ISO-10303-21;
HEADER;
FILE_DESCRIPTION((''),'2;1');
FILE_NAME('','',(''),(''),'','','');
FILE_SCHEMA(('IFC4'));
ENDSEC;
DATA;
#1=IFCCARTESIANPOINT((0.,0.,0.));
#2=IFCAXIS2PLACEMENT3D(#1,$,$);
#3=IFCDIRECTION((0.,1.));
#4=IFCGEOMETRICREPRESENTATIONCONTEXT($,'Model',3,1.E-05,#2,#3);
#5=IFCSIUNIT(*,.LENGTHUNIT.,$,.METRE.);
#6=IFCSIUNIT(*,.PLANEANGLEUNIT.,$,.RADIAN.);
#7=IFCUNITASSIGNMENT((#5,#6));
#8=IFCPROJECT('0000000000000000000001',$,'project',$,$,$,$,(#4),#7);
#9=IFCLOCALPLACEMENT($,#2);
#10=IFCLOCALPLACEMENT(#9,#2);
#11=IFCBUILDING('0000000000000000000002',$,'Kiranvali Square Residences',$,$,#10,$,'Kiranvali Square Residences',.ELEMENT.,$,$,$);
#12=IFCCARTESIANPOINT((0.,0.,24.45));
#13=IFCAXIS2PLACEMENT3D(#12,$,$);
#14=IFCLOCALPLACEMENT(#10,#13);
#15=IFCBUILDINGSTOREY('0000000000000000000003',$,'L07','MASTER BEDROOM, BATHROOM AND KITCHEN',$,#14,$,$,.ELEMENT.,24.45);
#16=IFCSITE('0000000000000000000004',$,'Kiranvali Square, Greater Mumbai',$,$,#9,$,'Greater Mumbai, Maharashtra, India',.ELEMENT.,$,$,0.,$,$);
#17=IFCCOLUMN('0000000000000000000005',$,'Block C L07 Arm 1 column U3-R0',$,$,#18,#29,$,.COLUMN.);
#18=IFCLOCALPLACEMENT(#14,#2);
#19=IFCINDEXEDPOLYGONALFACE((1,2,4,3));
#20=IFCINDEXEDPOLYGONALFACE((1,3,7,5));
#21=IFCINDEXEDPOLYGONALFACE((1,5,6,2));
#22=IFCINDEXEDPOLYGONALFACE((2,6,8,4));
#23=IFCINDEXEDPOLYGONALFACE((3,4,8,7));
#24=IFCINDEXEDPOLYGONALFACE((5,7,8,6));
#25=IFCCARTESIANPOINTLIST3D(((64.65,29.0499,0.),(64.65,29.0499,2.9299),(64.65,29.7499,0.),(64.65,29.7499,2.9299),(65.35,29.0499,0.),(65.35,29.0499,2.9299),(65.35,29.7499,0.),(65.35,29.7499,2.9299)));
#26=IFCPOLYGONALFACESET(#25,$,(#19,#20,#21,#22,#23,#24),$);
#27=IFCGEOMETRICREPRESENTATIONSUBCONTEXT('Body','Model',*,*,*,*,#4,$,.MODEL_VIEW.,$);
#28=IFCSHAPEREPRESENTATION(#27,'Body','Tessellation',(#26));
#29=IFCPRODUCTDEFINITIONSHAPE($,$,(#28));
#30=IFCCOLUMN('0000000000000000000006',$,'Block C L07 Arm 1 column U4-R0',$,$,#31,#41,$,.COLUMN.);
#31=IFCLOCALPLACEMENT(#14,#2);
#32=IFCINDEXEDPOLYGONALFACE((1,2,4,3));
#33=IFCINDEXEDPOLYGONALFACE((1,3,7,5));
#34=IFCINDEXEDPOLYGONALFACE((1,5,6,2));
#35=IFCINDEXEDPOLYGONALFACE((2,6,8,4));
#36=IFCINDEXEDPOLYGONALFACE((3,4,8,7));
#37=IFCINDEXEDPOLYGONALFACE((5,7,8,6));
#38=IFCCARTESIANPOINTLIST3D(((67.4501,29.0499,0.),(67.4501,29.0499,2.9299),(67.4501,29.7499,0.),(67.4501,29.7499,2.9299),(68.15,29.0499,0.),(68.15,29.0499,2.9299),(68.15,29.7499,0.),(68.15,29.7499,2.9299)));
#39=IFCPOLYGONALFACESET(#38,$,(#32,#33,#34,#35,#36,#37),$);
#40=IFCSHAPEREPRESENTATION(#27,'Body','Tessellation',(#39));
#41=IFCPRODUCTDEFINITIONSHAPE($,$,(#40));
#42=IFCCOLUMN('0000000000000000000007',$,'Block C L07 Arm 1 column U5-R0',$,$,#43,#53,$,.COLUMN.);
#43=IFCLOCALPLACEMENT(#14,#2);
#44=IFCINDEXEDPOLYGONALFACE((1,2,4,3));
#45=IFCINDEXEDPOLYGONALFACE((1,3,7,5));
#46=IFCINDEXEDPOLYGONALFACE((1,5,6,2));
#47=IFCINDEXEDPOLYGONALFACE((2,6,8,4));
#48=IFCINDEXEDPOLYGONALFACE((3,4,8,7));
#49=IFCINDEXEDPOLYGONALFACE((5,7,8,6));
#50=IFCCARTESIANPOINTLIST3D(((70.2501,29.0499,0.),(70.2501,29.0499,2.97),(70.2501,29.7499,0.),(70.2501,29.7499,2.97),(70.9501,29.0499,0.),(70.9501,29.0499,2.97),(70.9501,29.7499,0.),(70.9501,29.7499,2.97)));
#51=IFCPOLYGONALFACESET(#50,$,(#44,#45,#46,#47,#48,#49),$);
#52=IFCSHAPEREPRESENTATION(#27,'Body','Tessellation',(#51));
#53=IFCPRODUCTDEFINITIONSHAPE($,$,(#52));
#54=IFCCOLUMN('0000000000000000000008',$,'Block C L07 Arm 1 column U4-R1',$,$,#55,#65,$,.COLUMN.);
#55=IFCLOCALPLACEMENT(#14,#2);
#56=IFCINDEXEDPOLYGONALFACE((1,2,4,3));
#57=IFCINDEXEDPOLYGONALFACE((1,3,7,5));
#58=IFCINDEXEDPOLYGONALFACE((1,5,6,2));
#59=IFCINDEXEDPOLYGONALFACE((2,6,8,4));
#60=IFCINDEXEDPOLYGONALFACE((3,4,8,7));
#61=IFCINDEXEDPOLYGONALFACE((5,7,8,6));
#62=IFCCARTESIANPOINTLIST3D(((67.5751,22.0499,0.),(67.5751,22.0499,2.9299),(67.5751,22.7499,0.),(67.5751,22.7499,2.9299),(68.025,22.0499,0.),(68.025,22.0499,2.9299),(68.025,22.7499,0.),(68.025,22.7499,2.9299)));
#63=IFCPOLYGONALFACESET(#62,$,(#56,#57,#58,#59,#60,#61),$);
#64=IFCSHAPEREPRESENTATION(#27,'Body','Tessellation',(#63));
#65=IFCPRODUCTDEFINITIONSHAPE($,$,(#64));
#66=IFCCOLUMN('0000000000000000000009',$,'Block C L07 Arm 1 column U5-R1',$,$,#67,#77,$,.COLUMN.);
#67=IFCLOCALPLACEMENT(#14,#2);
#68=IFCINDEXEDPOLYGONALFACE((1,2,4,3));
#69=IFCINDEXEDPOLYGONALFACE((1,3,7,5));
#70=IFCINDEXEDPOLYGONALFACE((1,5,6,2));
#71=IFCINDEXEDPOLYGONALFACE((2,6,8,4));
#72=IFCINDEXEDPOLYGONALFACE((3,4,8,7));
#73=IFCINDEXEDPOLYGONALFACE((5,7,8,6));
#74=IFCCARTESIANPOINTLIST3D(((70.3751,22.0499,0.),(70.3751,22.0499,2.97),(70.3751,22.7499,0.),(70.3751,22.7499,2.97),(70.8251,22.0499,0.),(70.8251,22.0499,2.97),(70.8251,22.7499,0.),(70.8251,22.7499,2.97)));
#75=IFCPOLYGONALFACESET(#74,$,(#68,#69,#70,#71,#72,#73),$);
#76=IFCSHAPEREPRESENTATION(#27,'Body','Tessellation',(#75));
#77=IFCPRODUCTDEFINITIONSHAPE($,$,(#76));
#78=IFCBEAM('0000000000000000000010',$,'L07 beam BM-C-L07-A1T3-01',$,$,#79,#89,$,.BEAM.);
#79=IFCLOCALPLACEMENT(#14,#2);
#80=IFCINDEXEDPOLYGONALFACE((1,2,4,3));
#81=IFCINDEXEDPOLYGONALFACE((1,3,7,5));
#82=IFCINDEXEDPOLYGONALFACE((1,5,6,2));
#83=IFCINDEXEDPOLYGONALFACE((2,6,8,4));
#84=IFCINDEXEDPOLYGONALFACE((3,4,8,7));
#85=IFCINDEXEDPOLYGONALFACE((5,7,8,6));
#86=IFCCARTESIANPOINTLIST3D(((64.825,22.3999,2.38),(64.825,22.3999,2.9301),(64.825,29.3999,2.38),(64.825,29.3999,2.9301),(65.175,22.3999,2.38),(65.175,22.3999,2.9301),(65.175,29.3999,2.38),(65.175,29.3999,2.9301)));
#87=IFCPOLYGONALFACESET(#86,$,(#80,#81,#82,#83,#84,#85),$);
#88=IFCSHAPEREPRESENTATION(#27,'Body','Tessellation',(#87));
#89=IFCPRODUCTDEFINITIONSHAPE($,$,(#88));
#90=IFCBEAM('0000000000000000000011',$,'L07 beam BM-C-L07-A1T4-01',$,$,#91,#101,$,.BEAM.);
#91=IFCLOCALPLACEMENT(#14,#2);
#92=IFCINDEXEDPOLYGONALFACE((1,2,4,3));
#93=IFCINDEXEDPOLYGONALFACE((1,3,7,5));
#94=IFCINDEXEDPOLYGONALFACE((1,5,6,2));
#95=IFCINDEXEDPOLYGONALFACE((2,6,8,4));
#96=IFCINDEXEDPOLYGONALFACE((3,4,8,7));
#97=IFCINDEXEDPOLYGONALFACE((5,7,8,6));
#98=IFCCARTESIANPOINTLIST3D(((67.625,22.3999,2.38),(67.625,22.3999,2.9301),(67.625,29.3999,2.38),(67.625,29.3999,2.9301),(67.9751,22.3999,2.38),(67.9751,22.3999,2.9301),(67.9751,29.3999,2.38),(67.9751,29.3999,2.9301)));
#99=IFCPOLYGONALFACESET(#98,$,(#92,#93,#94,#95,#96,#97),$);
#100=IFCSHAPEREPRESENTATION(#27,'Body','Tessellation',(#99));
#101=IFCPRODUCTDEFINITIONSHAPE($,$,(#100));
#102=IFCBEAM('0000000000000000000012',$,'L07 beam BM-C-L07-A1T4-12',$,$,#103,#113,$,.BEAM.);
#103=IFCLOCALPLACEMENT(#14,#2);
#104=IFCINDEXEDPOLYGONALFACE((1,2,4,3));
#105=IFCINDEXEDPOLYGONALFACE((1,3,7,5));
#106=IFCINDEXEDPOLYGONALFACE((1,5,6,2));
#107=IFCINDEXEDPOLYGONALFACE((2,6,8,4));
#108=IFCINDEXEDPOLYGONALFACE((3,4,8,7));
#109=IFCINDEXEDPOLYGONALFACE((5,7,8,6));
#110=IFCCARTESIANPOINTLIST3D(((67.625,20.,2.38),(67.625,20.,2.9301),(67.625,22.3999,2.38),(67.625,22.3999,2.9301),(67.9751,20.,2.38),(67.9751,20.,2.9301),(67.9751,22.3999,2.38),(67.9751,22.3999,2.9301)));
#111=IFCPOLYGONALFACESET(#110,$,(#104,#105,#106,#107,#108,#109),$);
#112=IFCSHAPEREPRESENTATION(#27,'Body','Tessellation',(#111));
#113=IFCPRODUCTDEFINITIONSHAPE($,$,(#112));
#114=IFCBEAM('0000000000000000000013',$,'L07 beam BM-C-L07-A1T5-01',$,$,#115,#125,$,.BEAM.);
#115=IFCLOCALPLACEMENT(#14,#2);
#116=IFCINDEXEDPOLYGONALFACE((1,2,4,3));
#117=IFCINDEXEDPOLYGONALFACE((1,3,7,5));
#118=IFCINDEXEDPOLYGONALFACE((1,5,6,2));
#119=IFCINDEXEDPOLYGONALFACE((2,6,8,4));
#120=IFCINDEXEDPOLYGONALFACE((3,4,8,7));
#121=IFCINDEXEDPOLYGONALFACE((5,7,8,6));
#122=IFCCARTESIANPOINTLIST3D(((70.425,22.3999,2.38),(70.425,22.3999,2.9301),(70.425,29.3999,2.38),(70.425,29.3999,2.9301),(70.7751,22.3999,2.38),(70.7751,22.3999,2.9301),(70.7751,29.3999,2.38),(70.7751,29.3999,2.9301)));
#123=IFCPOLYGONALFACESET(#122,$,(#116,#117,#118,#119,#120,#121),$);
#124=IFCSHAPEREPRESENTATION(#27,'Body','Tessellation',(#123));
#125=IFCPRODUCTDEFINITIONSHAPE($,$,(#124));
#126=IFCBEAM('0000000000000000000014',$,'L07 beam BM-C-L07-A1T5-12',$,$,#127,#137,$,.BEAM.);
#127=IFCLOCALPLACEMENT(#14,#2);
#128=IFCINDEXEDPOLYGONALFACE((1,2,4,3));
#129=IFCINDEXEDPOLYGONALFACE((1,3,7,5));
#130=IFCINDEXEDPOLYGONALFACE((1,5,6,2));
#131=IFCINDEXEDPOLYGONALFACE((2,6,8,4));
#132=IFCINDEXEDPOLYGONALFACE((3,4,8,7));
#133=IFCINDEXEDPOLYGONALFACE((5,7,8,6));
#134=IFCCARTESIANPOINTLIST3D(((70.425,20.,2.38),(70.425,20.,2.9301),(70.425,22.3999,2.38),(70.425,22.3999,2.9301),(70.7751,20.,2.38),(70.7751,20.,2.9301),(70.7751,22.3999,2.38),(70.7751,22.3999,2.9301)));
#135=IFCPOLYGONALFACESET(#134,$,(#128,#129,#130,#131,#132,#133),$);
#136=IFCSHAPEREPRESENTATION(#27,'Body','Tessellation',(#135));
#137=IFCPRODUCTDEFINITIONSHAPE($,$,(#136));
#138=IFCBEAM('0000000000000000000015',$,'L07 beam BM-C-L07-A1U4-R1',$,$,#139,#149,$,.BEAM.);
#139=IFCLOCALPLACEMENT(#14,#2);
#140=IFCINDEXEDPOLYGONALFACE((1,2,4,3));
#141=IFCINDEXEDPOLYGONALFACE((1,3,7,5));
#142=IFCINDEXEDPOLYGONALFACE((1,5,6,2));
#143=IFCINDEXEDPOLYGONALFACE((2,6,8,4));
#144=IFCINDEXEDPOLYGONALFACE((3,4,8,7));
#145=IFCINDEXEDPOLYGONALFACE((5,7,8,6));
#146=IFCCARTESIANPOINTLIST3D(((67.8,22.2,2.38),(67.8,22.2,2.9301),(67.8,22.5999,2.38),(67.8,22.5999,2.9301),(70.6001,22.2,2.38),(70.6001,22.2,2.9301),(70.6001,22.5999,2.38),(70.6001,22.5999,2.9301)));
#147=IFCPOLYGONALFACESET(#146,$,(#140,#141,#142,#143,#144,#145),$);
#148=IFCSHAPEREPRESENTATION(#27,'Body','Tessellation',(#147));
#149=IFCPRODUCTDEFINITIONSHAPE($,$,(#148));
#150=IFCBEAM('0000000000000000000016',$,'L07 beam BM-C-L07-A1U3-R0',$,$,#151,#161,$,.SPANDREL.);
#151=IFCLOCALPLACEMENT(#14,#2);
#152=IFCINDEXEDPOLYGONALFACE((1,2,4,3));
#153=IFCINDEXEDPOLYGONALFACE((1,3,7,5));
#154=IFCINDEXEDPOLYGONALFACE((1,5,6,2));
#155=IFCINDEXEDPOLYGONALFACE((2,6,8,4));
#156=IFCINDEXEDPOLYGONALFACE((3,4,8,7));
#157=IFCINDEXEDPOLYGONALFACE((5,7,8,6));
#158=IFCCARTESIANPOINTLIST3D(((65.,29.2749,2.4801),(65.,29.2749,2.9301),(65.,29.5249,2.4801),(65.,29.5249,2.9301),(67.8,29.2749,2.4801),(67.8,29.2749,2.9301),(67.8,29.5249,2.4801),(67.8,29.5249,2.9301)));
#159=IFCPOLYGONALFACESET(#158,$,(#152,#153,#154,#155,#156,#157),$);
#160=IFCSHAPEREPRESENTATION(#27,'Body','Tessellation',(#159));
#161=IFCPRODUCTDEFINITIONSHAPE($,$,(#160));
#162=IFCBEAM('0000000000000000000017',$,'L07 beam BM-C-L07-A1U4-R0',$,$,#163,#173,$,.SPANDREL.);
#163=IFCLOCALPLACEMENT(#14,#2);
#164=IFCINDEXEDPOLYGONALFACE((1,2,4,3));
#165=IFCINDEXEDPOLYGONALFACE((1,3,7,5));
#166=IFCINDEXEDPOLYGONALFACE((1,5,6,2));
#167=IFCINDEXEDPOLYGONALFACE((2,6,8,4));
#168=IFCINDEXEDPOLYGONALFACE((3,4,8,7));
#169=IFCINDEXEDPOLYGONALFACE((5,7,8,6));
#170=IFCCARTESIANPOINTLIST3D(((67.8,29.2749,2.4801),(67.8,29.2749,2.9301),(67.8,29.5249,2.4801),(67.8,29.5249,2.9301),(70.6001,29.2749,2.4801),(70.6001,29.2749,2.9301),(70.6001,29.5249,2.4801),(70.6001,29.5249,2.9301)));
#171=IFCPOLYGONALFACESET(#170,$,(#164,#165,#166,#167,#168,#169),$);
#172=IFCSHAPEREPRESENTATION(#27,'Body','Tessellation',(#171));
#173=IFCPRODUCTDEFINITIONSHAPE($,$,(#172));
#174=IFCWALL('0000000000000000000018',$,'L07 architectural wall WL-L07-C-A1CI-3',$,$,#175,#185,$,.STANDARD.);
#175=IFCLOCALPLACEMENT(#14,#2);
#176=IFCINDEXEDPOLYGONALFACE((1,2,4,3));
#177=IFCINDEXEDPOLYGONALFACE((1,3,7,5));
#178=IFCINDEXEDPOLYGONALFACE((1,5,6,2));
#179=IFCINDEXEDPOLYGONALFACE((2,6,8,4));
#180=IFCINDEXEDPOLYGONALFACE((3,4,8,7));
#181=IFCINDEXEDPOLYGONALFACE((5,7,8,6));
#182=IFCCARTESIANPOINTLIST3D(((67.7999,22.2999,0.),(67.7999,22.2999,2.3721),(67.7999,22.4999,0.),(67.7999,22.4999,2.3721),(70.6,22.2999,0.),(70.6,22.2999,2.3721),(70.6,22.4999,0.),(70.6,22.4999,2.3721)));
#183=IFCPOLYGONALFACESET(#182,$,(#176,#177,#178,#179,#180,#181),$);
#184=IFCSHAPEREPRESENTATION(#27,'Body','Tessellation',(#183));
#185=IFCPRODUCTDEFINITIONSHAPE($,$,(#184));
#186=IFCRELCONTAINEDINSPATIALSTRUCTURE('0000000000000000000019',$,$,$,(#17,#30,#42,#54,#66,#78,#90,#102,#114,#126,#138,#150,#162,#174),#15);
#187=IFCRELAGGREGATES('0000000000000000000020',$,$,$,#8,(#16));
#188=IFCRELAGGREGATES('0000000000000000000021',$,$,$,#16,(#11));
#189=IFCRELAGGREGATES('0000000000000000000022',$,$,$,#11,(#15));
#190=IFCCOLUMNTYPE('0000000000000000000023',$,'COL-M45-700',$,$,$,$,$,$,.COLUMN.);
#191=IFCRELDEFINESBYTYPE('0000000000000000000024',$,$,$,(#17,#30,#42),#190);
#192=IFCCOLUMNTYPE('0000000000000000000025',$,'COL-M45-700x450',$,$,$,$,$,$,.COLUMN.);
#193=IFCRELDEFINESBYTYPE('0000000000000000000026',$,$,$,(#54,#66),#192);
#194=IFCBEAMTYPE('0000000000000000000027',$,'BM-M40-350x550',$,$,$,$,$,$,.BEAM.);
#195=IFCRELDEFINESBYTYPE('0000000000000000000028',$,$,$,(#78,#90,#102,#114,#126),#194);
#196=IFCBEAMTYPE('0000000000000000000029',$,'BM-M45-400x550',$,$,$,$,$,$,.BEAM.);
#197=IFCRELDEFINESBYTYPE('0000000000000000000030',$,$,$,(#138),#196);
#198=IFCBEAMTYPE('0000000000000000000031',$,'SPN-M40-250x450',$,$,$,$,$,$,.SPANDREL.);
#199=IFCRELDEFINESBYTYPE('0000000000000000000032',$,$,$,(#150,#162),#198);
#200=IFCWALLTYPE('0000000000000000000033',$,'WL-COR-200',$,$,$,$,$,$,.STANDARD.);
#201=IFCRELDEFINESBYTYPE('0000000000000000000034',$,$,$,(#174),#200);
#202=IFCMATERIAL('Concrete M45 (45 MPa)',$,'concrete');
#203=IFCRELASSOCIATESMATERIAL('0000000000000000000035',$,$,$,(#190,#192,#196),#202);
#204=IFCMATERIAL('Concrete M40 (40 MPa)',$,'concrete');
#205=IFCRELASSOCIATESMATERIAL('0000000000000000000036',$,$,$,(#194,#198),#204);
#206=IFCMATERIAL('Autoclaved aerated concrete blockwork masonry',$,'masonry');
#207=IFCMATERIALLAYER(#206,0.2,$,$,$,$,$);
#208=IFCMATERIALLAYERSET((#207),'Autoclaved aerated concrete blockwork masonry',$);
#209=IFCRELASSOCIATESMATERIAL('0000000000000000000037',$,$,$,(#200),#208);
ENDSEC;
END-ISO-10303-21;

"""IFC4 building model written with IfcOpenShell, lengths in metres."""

from ifc_helpers import new_model, si_unit, direction, frame, frame_2d, origin, origin_2d, place, context, subcontext, project, spatial, rectangle, extrude, material, layer, layer_set, material_profile, profile_set, type_object, element, save


model = new_model("IFC4")

# Units and contexts
model_context = context("Model", 3, precision=1e-05, world=origin(), true_north=direction((0.0, 1.0)))
body_context = subcontext(model_context, "Body", "Model", "MODEL_VIEW")
ifc_project = project(units=[si_unit("LENGTHUNIT", "METRE"), si_unit("PLANEANGLEUNIT", "RADIAN")], contexts=[model_context])

# Site, building, storey
site_placement = place(None, origin())
site = spatial("IfcSite", under=ifc_project, at=site_placement, Name="Kiranvali Square, Greater Mumbai", LongName="Greater Mumbai, Maharashtra, India", CompositionType="ELEMENT", RefElevation=0.0)
building_placement = place(site_placement, origin())
building = spatial("IfcBuilding", under=site, at=building_placement, Name="Kiranvali Square Residences", LongName="Kiranvali Square Residences", CompositionType="ELEMENT")
storey_placement = place(building_placement, frame((0.0, 0.0, 24.45)))
storey = spatial("IfcBuildingStorey", under=building, at=storey_placement, Name="L07", Description="MASTER BEDROOM, BATHROOM AND KITCHEN", CompositionType="ELEMENT", Elevation=24.45)

# Columns
ifc_material_1 = material(Name="Concrete M45 (45 MPa)", Category="concrete")
ifc_material_profile_1 = material_profile(ifc_material_1, rectangle(XDim=0.7, YDim=0.7, at=origin_2d()), Name="RC 700x700")
ifc_profile_set_1 = profile_set([ifc_material_profile_1], Name="Concrete M45 (45 MPa)")
column_type_1 = type_object("IfcColumnType", Name="COL-M45-700", PredefinedType="COLUMN", material=ifc_profile_set_1)
for number, where, z_axis, x_axis, name in (
    (1, (65.0, 29.3999, 0.0), (0.0, 0.0, 1.0), (1.0, 0.0, 0.0), "Block C L07 Arm 1 column U3-R0"),
    (2, (67.8, 29.3999, 0.0), (0.0, 0.0, 1.0), (1.0, 0.0, 0.0), "Block C L07 Arm 1 column U4-R0"),
):
    element("IfcColumn", number, at=place(storey_placement, frame(where, z_axis=z_axis, x_axis=x_axis)), inside=storey, type_object=column_type_1, Name=name, PredefinedType="COLUMN", context=body_context, shape_type="SweptSolid", body=[
        extrude(rectangle(XDim=0.7, YDim=0.7, at=origin_2d()), origin(), (0.0, 0.0, 1.0), 2.9299),
    ])
column_1_placement = place(storey_placement, frame((70.6001, 29.3999, 0.0), z_axis=(0.0, 0.0, 1.0), x_axis=(1.0, 0.0, 0.0)))
element("IfcColumn", 3, at=column_1_placement, inside=storey, type_object=column_type_1, Name="Block C L07 Arm 1 column U5-R0", PredefinedType="COLUMN", context=body_context, shape_type="SweptSolid", body=[
    extrude(rectangle(XDim=0.7, YDim=0.7, at=origin_2d()), origin(), (0.0, 0.0, 1.0), 2.97),
])
ifc_material_profile_2 = material_profile(ifc_material_1, rectangle(XDim=0.45, YDim=0.7, at=origin_2d()), Name="RC 700x450")
ifc_profile_set_2 = profile_set([ifc_material_profile_2], Name="Concrete M45 (45 MPa)")
column_type_2 = type_object("IfcColumnType", Name="COL-M45-700x450", PredefinedType="COLUMN", material=ifc_profile_set_2)
column_2_placement = place(storey_placement, frame((67.8, 22.3999, 0.0), z_axis=(0.0, 0.0, 1.0), x_axis=(1.0, 0.0, 0.0)))
element("IfcColumn", 4, at=column_2_placement, inside=storey, type_object=column_type_2, Name="Block C L07 Arm 1 column U4-R1", PredefinedType="COLUMN", context=body_context, shape_type="SweptSolid", body=[
    extrude(rectangle(XDim=0.45, YDim=0.7, at=origin_2d()), origin(), (0.0, 0.0, 1.0), 2.9299),
])
column_3_placement = place(storey_placement, frame((70.6001, 22.3999, 0.0), z_axis=(0.0, 0.0, 1.0), x_axis=(1.0, 0.0, 0.0)))
element("IfcColumn", 5, at=column_3_placement, inside=storey, type_object=column_type_2, Name="Block C L07 Arm 1 column U5-R1", PredefinedType="COLUMN", context=body_context, shape_type="SweptSolid", body=[
    extrude(rectangle(XDim=0.45, YDim=0.7, at=origin_2d()), origin(), (0.0, 0.0, 1.0), 2.97),
])

# Beams
ifc_material_2 = material(Name="Concrete M40 (40 MPa)", Category="concrete")
ifc_material_profile_3 = material_profile(ifc_material_2, rectangle(XDim=0.3501, YDim=0.55, at=origin_2d()), Name="RC 350x550")
ifc_profile_set_3 = profile_set([ifc_material_profile_3], Name="Concrete M40 (40 MPa)")
beam_type_1 = type_object("IfcBeamType", Name="BM-M40-350x550", PredefinedType="BEAM", material=ifc_profile_set_3)
for number, where, z_axis, x_axis, name in (
    (6, (65.0, 29.3999, 2.655), (0.0, -1.0, 0.0), (1.0, 0.0, 0.0), "L07 beam BM-C-L07-A1T3-01"),
    (7, (67.8, 29.3999, 2.655), (0.0, -1.0, 0.0), (1.0, 0.0, 0.0), "L07 beam BM-C-L07-A1T4-01"),
):
    element("IfcBeam", number, at=place(storey_placement, frame(where, z_axis=z_axis, x_axis=x_axis)), inside=storey, type_object=beam_type_1, Name=name, PredefinedType="BEAM", context=body_context, shape_type="SweptSolid", body=[
        extrude(rectangle(XDim=0.3501, YDim=0.55, at=origin_2d()), origin(), (0.0, 0.0, 1.0), 7.0),
    ])
beam_1_placement = place(storey_placement, frame((67.8, 22.3999, 2.655), z_axis=(0.0, -1.0, 0.0), x_axis=(1.0, 0.0, 0.0)))
element("IfcBeam", 8, at=beam_1_placement, inside=storey, type_object=beam_type_1, Name="L07 beam BM-C-L07-A1T4-12", PredefinedType="BEAM", context=body_context, shape_type="SweptSolid", body=[
    extrude(rectangle(XDim=0.3501, YDim=0.55, at=origin_2d()), origin(), (0.0, 0.0, 1.0), 2.3999),
])
beam_2_placement = place(storey_placement, frame((70.6001, 29.3999, 2.655), z_axis=(0.0, -1.0, 0.0), x_axis=(1.0, 0.0, 0.0)))
element("IfcBeam", 9, at=beam_2_placement, inside=storey, type_object=beam_type_1, Name="L07 beam BM-C-L07-A1T5-01", PredefinedType="BEAM", context=body_context, shape_type="SweptSolid", body=[
    extrude(rectangle(XDim=0.3501, YDim=0.55, at=origin_2d()), origin(), (0.0, 0.0, 1.0), 7.0),
])
beam_3_placement = place(storey_placement, frame((70.6001, 22.3999, 2.655), z_axis=(0.0, -1.0, 0.0), x_axis=(1.0, 0.0, 0.0)))
element("IfcBeam", 10, at=beam_3_placement, inside=storey, type_object=beam_type_1, Name="L07 beam BM-C-L07-A1T5-12", PredefinedType="BEAM", context=body_context, shape_type="SweptSolid", body=[
    extrude(rectangle(XDim=0.3501, YDim=0.55, at=origin_2d()), origin(), (0.0, 0.0, 1.0), 2.3999),
])
ifc_material_profile_4 = material_profile(ifc_material_1, rectangle(XDim=0.3999, YDim=0.55, at=origin_2d()), Name="RC 400x550")
ifc_profile_set_4 = profile_set([ifc_material_profile_4], Name="Concrete M45 (45 MPa)")
beam_type_2 = type_object("IfcBeamType", Name="BM-M45-400x550", PredefinedType="BEAM", material=ifc_profile_set_4)
beam_4_placement = place(storey_placement, frame((67.8, 22.3999, 2.655), z_axis=(1.0, 0.0, 0.0), x_axis=(0.0, 1.0, 0.0)))
element("IfcBeam", 11, at=beam_4_placement, inside=storey, type_object=beam_type_2, Name="L07 beam BM-C-L07-A1U4-R1", PredefinedType="BEAM", context=body_context, shape_type="SweptSolid", body=[
    extrude(rectangle(XDim=0.3999, YDim=0.55, at=origin_2d()), origin(), (0.0, 0.0, 1.0), 2.8),
])
ifc_material_profile_5 = material_profile(ifc_material_2, rectangle(XDim=0.25, YDim=0.45, at=origin_2d()), Name="RC 250x450")
ifc_profile_set_5 = profile_set([ifc_material_profile_5], Name="Concrete M40 (40 MPa)")
beam_type_3 = type_object("IfcBeamType", Name="SPN-M40-250x450", PredefinedType="SPANDREL", material=ifc_profile_set_5)
for number, where, z_axis, x_axis, name in (
    (12, (65.0, 29.3999, 2.7051), (1.0, 0.0, 0.0), (0.0, 1.0, 0.0), "L07 beam BM-C-L07-A1U3-R0"),
    (13, (67.8, 29.3999, 2.7051), (1.0, 0.0, 0.0), (0.0, 1.0, 0.0), "L07 beam BM-C-L07-A1U4-R0"),
):
    element("IfcBeam", number, at=place(storey_placement, frame(where, z_axis=z_axis, x_axis=x_axis)), inside=storey, type_object=beam_type_3, Name=name, PredefinedType="SPANDREL", context=body_context, shape_type="SweptSolid", body=[
        extrude(rectangle(XDim=0.25, YDim=0.45, at=origin_2d()), origin(), (0.0, 0.0, 1.0), 2.8),
    ])

# Wall
ifc_material_3 = material(Name="Autoclaved aerated concrete blockwork masonry", Category="masonry")
ifc_layer_1 = layer(ifc_material_3, 0.2)
ifc_layer_set_1 = layer_set([ifc_layer_1], Name="Autoclaved aerated concrete blockwork masonry")
wall_type_1 = type_object("IfcWallType", Name="WL-COR-200", PredefinedType="STANDARD", material=ifc_layer_set_1)
wall_1_placement = place(storey_placement, frame((67.8, 22.3999, 0.0), z_axis=(0.0, 0.0, 1.0), x_axis=(1.0, 0.0, 0.0)))
element("IfcWall", 14, at=wall_1_placement, inside=storey, type_object=wall_type_1, Name="L07 architectural wall WL-L07-C-A1CI-3", PredefinedType="STANDARD", context=body_context, shape_type="SweptSolid", body=[
    extrude(rectangle(XDim=2.8, YDim=0.2, at=frame_2d((1.3999, 0.0))), origin(), (0.0, 0.0, 1.0), 2.3721),
])

save(model, "model.ifc")
